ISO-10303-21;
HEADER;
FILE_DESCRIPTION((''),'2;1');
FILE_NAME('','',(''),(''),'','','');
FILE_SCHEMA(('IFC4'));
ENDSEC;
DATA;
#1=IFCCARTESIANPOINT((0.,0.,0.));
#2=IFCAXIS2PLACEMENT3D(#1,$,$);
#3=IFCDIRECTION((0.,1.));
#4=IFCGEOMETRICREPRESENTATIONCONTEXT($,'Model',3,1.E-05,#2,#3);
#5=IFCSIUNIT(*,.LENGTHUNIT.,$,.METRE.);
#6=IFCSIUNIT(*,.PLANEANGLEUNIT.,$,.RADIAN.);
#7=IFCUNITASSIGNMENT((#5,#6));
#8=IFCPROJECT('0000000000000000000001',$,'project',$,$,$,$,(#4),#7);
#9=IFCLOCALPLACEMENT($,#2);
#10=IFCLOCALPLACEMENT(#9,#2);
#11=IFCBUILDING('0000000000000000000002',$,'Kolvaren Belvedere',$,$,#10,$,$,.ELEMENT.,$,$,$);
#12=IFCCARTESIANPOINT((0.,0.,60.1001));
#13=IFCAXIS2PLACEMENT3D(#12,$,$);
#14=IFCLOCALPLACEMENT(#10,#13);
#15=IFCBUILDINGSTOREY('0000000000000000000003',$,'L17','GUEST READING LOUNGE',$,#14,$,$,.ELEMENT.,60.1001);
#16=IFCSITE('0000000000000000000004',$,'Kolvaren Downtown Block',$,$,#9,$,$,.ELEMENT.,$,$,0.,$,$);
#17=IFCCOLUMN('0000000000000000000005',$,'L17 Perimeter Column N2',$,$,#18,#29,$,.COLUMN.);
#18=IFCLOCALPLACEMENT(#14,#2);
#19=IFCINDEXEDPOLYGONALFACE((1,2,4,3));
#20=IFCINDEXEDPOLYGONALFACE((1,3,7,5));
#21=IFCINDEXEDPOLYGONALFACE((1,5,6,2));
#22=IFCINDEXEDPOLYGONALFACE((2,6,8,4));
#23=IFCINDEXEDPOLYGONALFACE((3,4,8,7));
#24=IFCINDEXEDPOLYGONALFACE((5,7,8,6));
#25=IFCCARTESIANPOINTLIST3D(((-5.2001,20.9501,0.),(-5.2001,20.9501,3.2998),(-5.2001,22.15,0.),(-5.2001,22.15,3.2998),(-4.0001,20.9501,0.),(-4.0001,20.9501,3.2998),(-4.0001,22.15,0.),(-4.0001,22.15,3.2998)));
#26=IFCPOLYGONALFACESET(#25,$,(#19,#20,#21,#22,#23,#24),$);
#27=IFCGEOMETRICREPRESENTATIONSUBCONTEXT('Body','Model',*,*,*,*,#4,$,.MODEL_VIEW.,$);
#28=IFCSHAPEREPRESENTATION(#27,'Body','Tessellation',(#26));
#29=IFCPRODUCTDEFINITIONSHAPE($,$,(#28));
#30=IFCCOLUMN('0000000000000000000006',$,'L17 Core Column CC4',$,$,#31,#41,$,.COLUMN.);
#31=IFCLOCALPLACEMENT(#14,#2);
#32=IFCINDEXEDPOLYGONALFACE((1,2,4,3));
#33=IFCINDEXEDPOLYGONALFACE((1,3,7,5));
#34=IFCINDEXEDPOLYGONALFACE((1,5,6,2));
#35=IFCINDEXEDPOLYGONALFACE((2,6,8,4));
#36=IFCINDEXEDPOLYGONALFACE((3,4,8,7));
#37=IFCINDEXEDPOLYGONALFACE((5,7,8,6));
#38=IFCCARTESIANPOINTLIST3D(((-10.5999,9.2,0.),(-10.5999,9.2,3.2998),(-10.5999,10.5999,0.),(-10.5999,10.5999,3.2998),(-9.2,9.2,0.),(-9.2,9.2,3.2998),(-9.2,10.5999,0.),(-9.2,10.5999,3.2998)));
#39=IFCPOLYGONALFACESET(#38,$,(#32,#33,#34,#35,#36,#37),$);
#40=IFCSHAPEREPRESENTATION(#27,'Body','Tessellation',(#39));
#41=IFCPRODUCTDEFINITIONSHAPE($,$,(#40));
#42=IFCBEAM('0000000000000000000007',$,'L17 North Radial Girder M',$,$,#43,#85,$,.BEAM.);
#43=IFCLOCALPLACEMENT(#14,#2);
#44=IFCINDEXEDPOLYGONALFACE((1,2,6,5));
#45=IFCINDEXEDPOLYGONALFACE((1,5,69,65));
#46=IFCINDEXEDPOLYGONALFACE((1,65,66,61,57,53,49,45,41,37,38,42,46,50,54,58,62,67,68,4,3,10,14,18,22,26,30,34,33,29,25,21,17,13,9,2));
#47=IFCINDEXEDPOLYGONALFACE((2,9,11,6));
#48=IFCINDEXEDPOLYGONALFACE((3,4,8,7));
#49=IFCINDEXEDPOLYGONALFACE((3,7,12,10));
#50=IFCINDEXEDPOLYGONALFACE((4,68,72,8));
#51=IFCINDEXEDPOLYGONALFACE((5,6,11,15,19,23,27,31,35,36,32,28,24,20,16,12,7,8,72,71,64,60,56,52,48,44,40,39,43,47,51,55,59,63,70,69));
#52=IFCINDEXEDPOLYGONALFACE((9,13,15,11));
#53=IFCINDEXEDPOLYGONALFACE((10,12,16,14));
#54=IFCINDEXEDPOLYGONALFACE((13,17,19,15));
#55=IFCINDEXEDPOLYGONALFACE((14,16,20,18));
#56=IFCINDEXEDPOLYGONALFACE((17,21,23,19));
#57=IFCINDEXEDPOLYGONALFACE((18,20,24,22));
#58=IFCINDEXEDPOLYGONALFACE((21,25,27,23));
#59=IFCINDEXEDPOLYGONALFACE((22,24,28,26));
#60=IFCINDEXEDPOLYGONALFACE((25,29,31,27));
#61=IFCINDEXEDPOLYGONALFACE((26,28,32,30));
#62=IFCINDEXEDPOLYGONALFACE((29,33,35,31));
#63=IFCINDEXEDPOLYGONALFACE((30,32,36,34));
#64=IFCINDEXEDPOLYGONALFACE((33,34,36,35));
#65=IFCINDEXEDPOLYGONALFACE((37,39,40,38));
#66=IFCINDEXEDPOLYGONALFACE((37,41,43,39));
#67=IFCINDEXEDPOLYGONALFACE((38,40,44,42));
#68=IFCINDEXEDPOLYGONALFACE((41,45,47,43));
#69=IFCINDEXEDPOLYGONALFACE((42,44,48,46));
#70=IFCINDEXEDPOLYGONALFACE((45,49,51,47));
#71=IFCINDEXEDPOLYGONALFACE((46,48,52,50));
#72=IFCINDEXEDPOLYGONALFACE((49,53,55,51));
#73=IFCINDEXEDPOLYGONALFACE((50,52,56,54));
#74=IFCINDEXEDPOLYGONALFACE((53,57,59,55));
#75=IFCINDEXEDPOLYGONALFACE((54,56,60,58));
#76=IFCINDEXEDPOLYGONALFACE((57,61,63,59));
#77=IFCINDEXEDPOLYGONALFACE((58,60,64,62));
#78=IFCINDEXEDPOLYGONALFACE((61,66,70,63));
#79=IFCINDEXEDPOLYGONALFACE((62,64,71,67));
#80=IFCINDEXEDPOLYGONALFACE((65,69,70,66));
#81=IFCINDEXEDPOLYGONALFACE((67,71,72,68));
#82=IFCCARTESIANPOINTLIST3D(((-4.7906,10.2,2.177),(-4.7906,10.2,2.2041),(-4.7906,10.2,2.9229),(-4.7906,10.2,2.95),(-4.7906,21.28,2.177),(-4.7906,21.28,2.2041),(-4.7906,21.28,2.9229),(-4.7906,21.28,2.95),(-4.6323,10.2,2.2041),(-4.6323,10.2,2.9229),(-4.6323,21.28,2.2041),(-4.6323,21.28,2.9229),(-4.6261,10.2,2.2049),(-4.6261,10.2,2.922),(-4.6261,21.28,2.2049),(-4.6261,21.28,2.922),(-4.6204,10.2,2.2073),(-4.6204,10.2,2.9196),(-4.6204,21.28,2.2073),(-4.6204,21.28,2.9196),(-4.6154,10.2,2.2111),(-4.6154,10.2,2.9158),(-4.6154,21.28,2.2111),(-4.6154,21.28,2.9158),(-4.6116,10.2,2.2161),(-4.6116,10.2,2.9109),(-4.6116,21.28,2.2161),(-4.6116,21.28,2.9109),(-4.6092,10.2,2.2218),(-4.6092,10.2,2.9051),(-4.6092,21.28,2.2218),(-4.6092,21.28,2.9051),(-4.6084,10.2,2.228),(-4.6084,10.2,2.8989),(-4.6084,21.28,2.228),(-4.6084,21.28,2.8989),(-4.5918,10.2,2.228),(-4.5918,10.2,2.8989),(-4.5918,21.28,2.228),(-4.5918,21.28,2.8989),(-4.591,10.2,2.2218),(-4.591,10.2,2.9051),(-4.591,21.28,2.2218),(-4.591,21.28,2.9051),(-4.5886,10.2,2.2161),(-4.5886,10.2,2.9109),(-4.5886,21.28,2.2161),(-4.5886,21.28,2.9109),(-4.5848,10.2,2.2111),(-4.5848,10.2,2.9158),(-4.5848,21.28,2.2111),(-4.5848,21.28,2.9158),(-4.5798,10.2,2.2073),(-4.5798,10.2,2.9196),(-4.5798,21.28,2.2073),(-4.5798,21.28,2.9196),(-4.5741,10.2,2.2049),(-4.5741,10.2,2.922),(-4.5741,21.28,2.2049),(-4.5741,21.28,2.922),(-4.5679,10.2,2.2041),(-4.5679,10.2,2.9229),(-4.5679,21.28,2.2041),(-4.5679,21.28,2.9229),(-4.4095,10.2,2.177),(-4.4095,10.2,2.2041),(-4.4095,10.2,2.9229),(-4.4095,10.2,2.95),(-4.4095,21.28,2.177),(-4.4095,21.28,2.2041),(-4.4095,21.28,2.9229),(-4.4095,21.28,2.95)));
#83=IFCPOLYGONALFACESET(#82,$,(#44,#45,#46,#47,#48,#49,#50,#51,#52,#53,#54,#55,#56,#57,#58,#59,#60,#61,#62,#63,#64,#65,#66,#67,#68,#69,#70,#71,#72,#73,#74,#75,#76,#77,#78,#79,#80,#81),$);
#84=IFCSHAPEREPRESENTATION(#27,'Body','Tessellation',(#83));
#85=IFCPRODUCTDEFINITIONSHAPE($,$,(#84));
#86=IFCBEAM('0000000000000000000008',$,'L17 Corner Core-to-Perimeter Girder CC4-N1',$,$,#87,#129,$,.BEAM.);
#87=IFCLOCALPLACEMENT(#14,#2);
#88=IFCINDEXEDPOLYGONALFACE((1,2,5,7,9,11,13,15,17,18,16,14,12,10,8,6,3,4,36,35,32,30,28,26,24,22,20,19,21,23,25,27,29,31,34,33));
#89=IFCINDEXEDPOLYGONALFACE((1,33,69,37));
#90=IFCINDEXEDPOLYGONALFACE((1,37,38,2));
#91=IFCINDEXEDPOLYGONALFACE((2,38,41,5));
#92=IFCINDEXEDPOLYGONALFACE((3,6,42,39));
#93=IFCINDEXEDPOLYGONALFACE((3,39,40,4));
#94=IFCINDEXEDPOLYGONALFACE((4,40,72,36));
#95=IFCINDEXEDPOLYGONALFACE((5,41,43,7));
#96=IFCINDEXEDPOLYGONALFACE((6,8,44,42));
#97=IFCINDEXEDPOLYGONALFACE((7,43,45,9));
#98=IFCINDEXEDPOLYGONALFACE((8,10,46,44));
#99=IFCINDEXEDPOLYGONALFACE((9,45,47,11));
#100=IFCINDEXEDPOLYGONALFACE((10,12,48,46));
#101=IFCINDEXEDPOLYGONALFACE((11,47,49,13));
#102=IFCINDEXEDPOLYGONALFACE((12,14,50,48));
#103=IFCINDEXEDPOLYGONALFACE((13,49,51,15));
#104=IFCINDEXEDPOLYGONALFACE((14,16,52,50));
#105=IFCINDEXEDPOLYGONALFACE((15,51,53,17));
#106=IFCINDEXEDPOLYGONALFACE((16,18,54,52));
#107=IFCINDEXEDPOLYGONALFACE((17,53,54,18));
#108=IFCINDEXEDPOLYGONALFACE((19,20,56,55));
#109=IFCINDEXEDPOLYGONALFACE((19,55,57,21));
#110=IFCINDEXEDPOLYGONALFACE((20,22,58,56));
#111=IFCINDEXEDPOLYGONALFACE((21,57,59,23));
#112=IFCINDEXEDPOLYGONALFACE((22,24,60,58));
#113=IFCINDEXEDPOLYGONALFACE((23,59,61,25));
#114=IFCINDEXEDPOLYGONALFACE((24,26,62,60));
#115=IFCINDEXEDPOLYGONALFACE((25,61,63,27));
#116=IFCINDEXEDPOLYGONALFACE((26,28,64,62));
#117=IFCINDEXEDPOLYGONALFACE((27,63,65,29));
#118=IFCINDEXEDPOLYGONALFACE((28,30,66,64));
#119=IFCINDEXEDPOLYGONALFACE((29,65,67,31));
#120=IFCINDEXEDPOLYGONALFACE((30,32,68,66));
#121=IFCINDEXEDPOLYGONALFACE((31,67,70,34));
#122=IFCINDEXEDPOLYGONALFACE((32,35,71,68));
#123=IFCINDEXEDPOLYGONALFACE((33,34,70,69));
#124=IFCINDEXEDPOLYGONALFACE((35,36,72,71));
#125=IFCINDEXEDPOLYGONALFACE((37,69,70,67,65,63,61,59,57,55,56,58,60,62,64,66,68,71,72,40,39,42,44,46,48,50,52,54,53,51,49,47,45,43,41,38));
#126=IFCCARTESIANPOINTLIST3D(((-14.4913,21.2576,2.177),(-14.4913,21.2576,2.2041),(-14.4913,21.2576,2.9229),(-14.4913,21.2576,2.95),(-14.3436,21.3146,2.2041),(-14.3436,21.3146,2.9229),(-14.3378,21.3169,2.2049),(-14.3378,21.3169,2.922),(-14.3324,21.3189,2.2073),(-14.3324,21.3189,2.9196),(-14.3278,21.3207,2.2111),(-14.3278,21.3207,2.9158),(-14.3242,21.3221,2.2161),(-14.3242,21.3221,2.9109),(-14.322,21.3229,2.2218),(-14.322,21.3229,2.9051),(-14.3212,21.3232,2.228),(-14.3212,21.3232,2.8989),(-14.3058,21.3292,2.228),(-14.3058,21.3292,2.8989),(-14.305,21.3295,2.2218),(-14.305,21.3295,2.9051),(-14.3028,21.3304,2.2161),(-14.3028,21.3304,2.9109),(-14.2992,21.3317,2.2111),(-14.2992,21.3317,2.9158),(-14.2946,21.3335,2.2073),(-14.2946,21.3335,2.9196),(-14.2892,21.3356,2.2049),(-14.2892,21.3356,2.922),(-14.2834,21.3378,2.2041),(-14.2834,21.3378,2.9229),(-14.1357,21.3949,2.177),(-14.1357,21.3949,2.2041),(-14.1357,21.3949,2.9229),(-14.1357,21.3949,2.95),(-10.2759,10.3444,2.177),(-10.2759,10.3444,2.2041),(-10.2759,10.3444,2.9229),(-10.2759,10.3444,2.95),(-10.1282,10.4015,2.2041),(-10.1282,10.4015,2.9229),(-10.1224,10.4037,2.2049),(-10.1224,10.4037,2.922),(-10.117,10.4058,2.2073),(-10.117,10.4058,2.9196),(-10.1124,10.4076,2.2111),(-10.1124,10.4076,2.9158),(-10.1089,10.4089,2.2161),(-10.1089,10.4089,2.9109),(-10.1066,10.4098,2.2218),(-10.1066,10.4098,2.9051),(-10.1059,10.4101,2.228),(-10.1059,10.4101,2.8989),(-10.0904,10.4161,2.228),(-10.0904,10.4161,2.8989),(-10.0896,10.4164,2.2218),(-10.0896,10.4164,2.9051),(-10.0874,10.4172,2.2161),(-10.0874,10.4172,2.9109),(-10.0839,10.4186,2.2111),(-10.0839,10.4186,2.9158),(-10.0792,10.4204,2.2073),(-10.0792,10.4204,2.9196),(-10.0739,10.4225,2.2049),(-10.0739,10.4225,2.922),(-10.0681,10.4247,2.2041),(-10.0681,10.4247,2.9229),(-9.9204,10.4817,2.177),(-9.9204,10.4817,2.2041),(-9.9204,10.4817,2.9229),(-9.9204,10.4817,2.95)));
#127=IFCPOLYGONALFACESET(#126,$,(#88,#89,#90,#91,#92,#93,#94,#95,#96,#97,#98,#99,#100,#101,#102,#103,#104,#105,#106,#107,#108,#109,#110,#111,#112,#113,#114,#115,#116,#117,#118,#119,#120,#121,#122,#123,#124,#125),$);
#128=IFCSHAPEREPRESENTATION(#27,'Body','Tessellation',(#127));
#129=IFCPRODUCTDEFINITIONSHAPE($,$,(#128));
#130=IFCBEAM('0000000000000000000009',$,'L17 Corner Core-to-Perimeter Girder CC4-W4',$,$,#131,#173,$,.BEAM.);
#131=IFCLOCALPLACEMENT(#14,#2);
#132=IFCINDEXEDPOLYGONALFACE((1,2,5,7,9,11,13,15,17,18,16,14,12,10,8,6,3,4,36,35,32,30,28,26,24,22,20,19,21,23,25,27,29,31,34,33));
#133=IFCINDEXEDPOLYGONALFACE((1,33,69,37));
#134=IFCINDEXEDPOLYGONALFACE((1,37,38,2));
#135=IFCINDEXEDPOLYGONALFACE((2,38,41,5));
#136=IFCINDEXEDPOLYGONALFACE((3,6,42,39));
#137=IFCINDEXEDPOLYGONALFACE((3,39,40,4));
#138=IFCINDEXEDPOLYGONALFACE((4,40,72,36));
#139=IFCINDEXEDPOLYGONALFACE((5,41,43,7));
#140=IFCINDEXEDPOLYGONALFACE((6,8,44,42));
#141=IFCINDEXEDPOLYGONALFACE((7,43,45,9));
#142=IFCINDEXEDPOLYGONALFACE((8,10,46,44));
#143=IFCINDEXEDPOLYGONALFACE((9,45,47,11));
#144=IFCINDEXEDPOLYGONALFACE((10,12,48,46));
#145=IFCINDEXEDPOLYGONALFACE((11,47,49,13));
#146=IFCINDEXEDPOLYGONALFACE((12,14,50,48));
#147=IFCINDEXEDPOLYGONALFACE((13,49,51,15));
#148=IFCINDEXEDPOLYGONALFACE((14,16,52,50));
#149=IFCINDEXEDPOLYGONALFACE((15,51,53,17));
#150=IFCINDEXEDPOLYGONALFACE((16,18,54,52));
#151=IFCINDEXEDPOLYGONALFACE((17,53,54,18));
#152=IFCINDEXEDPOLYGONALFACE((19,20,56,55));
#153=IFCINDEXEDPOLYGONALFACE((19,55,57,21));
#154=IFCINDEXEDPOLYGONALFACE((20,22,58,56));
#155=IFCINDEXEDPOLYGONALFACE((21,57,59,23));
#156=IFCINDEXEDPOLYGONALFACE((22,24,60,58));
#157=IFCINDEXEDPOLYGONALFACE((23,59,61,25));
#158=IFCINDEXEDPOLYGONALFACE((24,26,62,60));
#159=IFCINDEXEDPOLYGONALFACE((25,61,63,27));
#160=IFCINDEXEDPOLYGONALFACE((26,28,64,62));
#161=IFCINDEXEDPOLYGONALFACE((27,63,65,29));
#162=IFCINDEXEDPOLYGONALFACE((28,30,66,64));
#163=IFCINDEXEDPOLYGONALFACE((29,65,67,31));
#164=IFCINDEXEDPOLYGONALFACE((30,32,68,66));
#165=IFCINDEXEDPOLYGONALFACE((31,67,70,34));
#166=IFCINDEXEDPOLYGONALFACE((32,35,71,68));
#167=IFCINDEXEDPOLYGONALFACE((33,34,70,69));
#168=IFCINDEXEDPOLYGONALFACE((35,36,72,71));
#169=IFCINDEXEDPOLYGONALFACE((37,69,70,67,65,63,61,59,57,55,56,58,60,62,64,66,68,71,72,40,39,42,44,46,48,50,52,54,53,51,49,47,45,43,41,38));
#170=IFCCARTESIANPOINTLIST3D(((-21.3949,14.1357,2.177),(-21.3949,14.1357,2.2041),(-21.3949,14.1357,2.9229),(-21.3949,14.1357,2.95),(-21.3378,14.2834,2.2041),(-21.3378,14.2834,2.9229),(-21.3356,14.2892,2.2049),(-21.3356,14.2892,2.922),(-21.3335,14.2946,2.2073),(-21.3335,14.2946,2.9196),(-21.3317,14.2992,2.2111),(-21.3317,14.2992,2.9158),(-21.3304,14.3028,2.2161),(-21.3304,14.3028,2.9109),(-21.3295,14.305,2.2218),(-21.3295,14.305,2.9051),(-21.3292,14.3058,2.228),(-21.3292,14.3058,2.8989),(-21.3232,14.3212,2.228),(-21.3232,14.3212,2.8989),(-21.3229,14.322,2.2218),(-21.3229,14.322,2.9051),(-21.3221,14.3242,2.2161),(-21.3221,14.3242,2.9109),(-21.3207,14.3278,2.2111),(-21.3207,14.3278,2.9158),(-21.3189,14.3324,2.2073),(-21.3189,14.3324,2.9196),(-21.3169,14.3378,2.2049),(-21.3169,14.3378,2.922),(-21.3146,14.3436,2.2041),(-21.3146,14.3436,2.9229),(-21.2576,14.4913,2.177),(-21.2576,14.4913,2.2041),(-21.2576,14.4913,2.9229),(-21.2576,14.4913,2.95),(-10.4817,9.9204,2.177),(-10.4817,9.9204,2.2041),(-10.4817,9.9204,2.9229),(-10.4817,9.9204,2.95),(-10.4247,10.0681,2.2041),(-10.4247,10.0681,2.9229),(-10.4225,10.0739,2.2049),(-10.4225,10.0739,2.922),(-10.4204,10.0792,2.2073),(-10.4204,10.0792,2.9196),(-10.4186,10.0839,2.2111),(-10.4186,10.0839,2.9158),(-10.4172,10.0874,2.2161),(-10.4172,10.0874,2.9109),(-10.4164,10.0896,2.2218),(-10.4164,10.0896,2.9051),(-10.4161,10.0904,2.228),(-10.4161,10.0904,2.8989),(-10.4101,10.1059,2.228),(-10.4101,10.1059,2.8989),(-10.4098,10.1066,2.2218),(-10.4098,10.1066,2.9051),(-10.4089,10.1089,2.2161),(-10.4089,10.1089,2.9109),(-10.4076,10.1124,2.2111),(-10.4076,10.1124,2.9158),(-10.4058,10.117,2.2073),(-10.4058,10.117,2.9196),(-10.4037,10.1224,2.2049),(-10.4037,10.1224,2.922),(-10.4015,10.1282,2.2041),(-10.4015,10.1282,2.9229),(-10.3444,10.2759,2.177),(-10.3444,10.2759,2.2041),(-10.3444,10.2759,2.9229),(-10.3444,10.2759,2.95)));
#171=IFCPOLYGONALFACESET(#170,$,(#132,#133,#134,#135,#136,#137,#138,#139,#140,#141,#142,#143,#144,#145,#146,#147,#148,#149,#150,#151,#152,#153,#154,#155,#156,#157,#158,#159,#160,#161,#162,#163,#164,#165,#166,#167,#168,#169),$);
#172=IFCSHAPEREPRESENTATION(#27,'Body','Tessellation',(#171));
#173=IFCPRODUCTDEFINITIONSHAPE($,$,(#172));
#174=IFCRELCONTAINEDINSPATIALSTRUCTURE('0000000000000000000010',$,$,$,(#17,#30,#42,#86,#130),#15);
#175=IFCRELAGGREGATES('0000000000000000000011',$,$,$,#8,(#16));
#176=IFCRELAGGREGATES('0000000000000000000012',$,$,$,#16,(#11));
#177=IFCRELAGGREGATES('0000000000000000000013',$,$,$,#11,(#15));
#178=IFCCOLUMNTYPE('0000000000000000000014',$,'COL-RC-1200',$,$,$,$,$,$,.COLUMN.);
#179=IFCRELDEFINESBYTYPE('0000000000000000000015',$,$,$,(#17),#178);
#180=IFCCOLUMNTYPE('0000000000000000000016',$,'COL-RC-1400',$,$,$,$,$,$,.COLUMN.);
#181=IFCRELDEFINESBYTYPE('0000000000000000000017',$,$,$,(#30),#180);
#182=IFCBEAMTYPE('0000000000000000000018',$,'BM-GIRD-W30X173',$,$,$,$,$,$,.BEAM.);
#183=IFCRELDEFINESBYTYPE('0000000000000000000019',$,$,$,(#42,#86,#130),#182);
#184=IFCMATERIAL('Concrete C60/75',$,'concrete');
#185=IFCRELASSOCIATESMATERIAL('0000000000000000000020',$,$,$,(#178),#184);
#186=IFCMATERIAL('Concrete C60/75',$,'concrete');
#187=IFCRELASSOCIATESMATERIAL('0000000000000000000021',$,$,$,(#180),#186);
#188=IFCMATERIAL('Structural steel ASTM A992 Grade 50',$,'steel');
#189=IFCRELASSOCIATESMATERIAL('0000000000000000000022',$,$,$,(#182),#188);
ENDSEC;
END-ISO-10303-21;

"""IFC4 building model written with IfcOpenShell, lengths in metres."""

from ifc_helpers import new_model, si_unit, direction, frame, origin, origin_2d, place, context, subcontext, project, spatial, rectangle, i_section, extrude, material, material_profile, profile_set, type_object, element, save


model = new_model("IFC4")

# Units and contexts
model_context = context("Model", 3, precision=1e-05, world=origin(), true_north=direction((0.0, 1.0)))
body_context = subcontext(model_context, "Body", "Model", "MODEL_VIEW")
ifc_project = project(units=[si_unit("LENGTHUNIT", "METRE"), si_unit("PLANEANGLEUNIT", "RADIAN")], contexts=[model_context])

# Site, building, storey
site_placement = place(None, origin())
site = spatial("IfcSite", under=ifc_project, at=site_placement, Name="Kolvaren Downtown Block", CompositionType="ELEMENT", RefElevation=0.0)
building_placement = place(site_placement, origin())
building = spatial("IfcBuilding", under=site, at=building_placement, Name="Kolvaren Belvedere", CompositionType="ELEMENT")
storey_placement = place(building_placement, frame((0.0, 0.0, 60.1001)))
storey = spatial("IfcBuildingStorey", under=building, at=storey_placement, Name="L17", Description="GUEST READING LOUNGE", CompositionType="ELEMENT", Elevation=60.1001)

# Columns
ifc_material_1 = material(Name="Concrete C60/75", Category="concrete")
ifc_material_profile_1 = material_profile(ifc_material_1, rectangle(XDim=1.2, YDim=1.2, at=origin_2d()), Name="RC 1200X1200")
ifc_profile_set_1 = profile_set([ifc_material_profile_1], Name="Concrete C60/75")
column_type_1 = type_object("IfcColumnType", Name="COL-RC-1200", PredefinedType="COLUMN", material=ifc_profile_set_1)
column_1_placement = place(storey_placement, frame((-4.6001, 21.55, 0.0), z_axis=(0.0, 0.0, 1.0), x_axis=(1.0, 0.0, 0.0)))
element("IfcColumn", 1, at=column_1_placement, inside=storey, type_object=column_type_1, Name="L17 Perimeter Column N2", PredefinedType="COLUMN", context=body_context, shape_type="SweptSolid", body=[
    extrude(rectangle(XDim=1.2, YDim=1.2, at=origin_2d()), origin(), (0.0, 0.0, 1.0), 3.2998),
])
ifc_material_2 = material(Name="Concrete C60/75", Category="concrete")
ifc_material_profile_2 = material_profile(ifc_material_2, rectangle(XDim=1.3999, YDim=1.3999, at=origin_2d()), Name="RC 1400X1400")
ifc_profile_set_2 = profile_set([ifc_material_profile_2], Name="Concrete C60/75")
column_type_2 = type_object("IfcColumnType", Name="COL-RC-1400", PredefinedType="COLUMN", material=ifc_profile_set_2)
column_2_placement = place(storey_placement, frame((-9.8999, 9.8999, 0.0), z_axis=(0.0, 0.0, 1.0), x_axis=(1.0, 0.0, 0.0)))
element("IfcColumn", 2, at=column_2_placement, inside=storey, type_object=column_type_2, Name="L17 Core Column CC4", PredefinedType="COLUMN", context=body_context, shape_type="SweptSolid", body=[
    extrude(rectangle(XDim=1.3999, YDim=1.3999, at=origin_2d()), origin(), (0.0, 0.0, 1.0), 3.2998),
])

# Beams
ifc_material_3 = material(Name="Structural steel ASTM A992 Grade 50", Category="steel")
ifc_material_profile_3 = material_profile(ifc_material_3, i_section(OverallWidth=0.3811, OverallDepth=0.7729, WebThickness=0.0166, FlangeThickness=0.0271, FilletRadius=0.0239, at=origin_2d()), Name="W30X173")
ifc_profile_set_3 = profile_set([ifc_material_profile_3], Name="Structural steel ASTM A992 Grade 50")
beam_type_1 = type_object("IfcBeamType", Name="BM-GIRD-W30X173", PredefinedType="BEAM", material=ifc_profile_set_3)
beam_1_placement = place(storey_placement, frame((-4.6001, 10.2, 2.5635), z_axis=(0.0, 1.0, 0.0), x_axis=(-1.0, 0.0, 0.0)))
element("IfcBeam", 3, at=beam_1_placement, inside=storey, type_object=beam_type_1, Name="L17 North Radial Girder M", PredefinedType="BEAM", context=body_context, shape_type="SweptSolid", body=[
    extrude(i_section(OverallWidth=0.3811, OverallDepth=0.7729, WebThickness=0.0166, FlangeThickness=0.0271, FilletRadius=0.0239, at=origin_2d()), origin(), (0.0, 0.0, 1.0), 11.0801),
])
for number, where, z_axis, x_axis, name in (
    (4, (-10.0981, 10.4131, 2.5635), (-0.360318, 0.932829, 0.0), (-0.932829, -0.360318, 0.0), "L17 Corner Core-to-Perimeter Girder CC4-N1"),
    (5, (-10.4131, 10.0981, 2.5635), (-0.932829, 0.360318, 0.0), (-0.360318, -0.932829, 0.0), "L17 Corner Core-to-Perimeter Girder CC4-W4"),
):
    element("IfcBeam", number, at=place(storey_placement, frame(where, z_axis=z_axis, x_axis=x_axis)), inside=storey, type_object=beam_type_1, Name=name, PredefinedType="BEAM", context=body_context, shape_type="SweptSolid", body=[
        extrude(i_section(OverallWidth=0.3811, OverallDepth=0.7729, WebThickness=0.0166, FlangeThickness=0.0271, FilletRadius=0.0239, at=origin_2d()), origin(), (0.0, 0.0, 1.0), 11.699),
    ])

save(model, "model.ifc")
